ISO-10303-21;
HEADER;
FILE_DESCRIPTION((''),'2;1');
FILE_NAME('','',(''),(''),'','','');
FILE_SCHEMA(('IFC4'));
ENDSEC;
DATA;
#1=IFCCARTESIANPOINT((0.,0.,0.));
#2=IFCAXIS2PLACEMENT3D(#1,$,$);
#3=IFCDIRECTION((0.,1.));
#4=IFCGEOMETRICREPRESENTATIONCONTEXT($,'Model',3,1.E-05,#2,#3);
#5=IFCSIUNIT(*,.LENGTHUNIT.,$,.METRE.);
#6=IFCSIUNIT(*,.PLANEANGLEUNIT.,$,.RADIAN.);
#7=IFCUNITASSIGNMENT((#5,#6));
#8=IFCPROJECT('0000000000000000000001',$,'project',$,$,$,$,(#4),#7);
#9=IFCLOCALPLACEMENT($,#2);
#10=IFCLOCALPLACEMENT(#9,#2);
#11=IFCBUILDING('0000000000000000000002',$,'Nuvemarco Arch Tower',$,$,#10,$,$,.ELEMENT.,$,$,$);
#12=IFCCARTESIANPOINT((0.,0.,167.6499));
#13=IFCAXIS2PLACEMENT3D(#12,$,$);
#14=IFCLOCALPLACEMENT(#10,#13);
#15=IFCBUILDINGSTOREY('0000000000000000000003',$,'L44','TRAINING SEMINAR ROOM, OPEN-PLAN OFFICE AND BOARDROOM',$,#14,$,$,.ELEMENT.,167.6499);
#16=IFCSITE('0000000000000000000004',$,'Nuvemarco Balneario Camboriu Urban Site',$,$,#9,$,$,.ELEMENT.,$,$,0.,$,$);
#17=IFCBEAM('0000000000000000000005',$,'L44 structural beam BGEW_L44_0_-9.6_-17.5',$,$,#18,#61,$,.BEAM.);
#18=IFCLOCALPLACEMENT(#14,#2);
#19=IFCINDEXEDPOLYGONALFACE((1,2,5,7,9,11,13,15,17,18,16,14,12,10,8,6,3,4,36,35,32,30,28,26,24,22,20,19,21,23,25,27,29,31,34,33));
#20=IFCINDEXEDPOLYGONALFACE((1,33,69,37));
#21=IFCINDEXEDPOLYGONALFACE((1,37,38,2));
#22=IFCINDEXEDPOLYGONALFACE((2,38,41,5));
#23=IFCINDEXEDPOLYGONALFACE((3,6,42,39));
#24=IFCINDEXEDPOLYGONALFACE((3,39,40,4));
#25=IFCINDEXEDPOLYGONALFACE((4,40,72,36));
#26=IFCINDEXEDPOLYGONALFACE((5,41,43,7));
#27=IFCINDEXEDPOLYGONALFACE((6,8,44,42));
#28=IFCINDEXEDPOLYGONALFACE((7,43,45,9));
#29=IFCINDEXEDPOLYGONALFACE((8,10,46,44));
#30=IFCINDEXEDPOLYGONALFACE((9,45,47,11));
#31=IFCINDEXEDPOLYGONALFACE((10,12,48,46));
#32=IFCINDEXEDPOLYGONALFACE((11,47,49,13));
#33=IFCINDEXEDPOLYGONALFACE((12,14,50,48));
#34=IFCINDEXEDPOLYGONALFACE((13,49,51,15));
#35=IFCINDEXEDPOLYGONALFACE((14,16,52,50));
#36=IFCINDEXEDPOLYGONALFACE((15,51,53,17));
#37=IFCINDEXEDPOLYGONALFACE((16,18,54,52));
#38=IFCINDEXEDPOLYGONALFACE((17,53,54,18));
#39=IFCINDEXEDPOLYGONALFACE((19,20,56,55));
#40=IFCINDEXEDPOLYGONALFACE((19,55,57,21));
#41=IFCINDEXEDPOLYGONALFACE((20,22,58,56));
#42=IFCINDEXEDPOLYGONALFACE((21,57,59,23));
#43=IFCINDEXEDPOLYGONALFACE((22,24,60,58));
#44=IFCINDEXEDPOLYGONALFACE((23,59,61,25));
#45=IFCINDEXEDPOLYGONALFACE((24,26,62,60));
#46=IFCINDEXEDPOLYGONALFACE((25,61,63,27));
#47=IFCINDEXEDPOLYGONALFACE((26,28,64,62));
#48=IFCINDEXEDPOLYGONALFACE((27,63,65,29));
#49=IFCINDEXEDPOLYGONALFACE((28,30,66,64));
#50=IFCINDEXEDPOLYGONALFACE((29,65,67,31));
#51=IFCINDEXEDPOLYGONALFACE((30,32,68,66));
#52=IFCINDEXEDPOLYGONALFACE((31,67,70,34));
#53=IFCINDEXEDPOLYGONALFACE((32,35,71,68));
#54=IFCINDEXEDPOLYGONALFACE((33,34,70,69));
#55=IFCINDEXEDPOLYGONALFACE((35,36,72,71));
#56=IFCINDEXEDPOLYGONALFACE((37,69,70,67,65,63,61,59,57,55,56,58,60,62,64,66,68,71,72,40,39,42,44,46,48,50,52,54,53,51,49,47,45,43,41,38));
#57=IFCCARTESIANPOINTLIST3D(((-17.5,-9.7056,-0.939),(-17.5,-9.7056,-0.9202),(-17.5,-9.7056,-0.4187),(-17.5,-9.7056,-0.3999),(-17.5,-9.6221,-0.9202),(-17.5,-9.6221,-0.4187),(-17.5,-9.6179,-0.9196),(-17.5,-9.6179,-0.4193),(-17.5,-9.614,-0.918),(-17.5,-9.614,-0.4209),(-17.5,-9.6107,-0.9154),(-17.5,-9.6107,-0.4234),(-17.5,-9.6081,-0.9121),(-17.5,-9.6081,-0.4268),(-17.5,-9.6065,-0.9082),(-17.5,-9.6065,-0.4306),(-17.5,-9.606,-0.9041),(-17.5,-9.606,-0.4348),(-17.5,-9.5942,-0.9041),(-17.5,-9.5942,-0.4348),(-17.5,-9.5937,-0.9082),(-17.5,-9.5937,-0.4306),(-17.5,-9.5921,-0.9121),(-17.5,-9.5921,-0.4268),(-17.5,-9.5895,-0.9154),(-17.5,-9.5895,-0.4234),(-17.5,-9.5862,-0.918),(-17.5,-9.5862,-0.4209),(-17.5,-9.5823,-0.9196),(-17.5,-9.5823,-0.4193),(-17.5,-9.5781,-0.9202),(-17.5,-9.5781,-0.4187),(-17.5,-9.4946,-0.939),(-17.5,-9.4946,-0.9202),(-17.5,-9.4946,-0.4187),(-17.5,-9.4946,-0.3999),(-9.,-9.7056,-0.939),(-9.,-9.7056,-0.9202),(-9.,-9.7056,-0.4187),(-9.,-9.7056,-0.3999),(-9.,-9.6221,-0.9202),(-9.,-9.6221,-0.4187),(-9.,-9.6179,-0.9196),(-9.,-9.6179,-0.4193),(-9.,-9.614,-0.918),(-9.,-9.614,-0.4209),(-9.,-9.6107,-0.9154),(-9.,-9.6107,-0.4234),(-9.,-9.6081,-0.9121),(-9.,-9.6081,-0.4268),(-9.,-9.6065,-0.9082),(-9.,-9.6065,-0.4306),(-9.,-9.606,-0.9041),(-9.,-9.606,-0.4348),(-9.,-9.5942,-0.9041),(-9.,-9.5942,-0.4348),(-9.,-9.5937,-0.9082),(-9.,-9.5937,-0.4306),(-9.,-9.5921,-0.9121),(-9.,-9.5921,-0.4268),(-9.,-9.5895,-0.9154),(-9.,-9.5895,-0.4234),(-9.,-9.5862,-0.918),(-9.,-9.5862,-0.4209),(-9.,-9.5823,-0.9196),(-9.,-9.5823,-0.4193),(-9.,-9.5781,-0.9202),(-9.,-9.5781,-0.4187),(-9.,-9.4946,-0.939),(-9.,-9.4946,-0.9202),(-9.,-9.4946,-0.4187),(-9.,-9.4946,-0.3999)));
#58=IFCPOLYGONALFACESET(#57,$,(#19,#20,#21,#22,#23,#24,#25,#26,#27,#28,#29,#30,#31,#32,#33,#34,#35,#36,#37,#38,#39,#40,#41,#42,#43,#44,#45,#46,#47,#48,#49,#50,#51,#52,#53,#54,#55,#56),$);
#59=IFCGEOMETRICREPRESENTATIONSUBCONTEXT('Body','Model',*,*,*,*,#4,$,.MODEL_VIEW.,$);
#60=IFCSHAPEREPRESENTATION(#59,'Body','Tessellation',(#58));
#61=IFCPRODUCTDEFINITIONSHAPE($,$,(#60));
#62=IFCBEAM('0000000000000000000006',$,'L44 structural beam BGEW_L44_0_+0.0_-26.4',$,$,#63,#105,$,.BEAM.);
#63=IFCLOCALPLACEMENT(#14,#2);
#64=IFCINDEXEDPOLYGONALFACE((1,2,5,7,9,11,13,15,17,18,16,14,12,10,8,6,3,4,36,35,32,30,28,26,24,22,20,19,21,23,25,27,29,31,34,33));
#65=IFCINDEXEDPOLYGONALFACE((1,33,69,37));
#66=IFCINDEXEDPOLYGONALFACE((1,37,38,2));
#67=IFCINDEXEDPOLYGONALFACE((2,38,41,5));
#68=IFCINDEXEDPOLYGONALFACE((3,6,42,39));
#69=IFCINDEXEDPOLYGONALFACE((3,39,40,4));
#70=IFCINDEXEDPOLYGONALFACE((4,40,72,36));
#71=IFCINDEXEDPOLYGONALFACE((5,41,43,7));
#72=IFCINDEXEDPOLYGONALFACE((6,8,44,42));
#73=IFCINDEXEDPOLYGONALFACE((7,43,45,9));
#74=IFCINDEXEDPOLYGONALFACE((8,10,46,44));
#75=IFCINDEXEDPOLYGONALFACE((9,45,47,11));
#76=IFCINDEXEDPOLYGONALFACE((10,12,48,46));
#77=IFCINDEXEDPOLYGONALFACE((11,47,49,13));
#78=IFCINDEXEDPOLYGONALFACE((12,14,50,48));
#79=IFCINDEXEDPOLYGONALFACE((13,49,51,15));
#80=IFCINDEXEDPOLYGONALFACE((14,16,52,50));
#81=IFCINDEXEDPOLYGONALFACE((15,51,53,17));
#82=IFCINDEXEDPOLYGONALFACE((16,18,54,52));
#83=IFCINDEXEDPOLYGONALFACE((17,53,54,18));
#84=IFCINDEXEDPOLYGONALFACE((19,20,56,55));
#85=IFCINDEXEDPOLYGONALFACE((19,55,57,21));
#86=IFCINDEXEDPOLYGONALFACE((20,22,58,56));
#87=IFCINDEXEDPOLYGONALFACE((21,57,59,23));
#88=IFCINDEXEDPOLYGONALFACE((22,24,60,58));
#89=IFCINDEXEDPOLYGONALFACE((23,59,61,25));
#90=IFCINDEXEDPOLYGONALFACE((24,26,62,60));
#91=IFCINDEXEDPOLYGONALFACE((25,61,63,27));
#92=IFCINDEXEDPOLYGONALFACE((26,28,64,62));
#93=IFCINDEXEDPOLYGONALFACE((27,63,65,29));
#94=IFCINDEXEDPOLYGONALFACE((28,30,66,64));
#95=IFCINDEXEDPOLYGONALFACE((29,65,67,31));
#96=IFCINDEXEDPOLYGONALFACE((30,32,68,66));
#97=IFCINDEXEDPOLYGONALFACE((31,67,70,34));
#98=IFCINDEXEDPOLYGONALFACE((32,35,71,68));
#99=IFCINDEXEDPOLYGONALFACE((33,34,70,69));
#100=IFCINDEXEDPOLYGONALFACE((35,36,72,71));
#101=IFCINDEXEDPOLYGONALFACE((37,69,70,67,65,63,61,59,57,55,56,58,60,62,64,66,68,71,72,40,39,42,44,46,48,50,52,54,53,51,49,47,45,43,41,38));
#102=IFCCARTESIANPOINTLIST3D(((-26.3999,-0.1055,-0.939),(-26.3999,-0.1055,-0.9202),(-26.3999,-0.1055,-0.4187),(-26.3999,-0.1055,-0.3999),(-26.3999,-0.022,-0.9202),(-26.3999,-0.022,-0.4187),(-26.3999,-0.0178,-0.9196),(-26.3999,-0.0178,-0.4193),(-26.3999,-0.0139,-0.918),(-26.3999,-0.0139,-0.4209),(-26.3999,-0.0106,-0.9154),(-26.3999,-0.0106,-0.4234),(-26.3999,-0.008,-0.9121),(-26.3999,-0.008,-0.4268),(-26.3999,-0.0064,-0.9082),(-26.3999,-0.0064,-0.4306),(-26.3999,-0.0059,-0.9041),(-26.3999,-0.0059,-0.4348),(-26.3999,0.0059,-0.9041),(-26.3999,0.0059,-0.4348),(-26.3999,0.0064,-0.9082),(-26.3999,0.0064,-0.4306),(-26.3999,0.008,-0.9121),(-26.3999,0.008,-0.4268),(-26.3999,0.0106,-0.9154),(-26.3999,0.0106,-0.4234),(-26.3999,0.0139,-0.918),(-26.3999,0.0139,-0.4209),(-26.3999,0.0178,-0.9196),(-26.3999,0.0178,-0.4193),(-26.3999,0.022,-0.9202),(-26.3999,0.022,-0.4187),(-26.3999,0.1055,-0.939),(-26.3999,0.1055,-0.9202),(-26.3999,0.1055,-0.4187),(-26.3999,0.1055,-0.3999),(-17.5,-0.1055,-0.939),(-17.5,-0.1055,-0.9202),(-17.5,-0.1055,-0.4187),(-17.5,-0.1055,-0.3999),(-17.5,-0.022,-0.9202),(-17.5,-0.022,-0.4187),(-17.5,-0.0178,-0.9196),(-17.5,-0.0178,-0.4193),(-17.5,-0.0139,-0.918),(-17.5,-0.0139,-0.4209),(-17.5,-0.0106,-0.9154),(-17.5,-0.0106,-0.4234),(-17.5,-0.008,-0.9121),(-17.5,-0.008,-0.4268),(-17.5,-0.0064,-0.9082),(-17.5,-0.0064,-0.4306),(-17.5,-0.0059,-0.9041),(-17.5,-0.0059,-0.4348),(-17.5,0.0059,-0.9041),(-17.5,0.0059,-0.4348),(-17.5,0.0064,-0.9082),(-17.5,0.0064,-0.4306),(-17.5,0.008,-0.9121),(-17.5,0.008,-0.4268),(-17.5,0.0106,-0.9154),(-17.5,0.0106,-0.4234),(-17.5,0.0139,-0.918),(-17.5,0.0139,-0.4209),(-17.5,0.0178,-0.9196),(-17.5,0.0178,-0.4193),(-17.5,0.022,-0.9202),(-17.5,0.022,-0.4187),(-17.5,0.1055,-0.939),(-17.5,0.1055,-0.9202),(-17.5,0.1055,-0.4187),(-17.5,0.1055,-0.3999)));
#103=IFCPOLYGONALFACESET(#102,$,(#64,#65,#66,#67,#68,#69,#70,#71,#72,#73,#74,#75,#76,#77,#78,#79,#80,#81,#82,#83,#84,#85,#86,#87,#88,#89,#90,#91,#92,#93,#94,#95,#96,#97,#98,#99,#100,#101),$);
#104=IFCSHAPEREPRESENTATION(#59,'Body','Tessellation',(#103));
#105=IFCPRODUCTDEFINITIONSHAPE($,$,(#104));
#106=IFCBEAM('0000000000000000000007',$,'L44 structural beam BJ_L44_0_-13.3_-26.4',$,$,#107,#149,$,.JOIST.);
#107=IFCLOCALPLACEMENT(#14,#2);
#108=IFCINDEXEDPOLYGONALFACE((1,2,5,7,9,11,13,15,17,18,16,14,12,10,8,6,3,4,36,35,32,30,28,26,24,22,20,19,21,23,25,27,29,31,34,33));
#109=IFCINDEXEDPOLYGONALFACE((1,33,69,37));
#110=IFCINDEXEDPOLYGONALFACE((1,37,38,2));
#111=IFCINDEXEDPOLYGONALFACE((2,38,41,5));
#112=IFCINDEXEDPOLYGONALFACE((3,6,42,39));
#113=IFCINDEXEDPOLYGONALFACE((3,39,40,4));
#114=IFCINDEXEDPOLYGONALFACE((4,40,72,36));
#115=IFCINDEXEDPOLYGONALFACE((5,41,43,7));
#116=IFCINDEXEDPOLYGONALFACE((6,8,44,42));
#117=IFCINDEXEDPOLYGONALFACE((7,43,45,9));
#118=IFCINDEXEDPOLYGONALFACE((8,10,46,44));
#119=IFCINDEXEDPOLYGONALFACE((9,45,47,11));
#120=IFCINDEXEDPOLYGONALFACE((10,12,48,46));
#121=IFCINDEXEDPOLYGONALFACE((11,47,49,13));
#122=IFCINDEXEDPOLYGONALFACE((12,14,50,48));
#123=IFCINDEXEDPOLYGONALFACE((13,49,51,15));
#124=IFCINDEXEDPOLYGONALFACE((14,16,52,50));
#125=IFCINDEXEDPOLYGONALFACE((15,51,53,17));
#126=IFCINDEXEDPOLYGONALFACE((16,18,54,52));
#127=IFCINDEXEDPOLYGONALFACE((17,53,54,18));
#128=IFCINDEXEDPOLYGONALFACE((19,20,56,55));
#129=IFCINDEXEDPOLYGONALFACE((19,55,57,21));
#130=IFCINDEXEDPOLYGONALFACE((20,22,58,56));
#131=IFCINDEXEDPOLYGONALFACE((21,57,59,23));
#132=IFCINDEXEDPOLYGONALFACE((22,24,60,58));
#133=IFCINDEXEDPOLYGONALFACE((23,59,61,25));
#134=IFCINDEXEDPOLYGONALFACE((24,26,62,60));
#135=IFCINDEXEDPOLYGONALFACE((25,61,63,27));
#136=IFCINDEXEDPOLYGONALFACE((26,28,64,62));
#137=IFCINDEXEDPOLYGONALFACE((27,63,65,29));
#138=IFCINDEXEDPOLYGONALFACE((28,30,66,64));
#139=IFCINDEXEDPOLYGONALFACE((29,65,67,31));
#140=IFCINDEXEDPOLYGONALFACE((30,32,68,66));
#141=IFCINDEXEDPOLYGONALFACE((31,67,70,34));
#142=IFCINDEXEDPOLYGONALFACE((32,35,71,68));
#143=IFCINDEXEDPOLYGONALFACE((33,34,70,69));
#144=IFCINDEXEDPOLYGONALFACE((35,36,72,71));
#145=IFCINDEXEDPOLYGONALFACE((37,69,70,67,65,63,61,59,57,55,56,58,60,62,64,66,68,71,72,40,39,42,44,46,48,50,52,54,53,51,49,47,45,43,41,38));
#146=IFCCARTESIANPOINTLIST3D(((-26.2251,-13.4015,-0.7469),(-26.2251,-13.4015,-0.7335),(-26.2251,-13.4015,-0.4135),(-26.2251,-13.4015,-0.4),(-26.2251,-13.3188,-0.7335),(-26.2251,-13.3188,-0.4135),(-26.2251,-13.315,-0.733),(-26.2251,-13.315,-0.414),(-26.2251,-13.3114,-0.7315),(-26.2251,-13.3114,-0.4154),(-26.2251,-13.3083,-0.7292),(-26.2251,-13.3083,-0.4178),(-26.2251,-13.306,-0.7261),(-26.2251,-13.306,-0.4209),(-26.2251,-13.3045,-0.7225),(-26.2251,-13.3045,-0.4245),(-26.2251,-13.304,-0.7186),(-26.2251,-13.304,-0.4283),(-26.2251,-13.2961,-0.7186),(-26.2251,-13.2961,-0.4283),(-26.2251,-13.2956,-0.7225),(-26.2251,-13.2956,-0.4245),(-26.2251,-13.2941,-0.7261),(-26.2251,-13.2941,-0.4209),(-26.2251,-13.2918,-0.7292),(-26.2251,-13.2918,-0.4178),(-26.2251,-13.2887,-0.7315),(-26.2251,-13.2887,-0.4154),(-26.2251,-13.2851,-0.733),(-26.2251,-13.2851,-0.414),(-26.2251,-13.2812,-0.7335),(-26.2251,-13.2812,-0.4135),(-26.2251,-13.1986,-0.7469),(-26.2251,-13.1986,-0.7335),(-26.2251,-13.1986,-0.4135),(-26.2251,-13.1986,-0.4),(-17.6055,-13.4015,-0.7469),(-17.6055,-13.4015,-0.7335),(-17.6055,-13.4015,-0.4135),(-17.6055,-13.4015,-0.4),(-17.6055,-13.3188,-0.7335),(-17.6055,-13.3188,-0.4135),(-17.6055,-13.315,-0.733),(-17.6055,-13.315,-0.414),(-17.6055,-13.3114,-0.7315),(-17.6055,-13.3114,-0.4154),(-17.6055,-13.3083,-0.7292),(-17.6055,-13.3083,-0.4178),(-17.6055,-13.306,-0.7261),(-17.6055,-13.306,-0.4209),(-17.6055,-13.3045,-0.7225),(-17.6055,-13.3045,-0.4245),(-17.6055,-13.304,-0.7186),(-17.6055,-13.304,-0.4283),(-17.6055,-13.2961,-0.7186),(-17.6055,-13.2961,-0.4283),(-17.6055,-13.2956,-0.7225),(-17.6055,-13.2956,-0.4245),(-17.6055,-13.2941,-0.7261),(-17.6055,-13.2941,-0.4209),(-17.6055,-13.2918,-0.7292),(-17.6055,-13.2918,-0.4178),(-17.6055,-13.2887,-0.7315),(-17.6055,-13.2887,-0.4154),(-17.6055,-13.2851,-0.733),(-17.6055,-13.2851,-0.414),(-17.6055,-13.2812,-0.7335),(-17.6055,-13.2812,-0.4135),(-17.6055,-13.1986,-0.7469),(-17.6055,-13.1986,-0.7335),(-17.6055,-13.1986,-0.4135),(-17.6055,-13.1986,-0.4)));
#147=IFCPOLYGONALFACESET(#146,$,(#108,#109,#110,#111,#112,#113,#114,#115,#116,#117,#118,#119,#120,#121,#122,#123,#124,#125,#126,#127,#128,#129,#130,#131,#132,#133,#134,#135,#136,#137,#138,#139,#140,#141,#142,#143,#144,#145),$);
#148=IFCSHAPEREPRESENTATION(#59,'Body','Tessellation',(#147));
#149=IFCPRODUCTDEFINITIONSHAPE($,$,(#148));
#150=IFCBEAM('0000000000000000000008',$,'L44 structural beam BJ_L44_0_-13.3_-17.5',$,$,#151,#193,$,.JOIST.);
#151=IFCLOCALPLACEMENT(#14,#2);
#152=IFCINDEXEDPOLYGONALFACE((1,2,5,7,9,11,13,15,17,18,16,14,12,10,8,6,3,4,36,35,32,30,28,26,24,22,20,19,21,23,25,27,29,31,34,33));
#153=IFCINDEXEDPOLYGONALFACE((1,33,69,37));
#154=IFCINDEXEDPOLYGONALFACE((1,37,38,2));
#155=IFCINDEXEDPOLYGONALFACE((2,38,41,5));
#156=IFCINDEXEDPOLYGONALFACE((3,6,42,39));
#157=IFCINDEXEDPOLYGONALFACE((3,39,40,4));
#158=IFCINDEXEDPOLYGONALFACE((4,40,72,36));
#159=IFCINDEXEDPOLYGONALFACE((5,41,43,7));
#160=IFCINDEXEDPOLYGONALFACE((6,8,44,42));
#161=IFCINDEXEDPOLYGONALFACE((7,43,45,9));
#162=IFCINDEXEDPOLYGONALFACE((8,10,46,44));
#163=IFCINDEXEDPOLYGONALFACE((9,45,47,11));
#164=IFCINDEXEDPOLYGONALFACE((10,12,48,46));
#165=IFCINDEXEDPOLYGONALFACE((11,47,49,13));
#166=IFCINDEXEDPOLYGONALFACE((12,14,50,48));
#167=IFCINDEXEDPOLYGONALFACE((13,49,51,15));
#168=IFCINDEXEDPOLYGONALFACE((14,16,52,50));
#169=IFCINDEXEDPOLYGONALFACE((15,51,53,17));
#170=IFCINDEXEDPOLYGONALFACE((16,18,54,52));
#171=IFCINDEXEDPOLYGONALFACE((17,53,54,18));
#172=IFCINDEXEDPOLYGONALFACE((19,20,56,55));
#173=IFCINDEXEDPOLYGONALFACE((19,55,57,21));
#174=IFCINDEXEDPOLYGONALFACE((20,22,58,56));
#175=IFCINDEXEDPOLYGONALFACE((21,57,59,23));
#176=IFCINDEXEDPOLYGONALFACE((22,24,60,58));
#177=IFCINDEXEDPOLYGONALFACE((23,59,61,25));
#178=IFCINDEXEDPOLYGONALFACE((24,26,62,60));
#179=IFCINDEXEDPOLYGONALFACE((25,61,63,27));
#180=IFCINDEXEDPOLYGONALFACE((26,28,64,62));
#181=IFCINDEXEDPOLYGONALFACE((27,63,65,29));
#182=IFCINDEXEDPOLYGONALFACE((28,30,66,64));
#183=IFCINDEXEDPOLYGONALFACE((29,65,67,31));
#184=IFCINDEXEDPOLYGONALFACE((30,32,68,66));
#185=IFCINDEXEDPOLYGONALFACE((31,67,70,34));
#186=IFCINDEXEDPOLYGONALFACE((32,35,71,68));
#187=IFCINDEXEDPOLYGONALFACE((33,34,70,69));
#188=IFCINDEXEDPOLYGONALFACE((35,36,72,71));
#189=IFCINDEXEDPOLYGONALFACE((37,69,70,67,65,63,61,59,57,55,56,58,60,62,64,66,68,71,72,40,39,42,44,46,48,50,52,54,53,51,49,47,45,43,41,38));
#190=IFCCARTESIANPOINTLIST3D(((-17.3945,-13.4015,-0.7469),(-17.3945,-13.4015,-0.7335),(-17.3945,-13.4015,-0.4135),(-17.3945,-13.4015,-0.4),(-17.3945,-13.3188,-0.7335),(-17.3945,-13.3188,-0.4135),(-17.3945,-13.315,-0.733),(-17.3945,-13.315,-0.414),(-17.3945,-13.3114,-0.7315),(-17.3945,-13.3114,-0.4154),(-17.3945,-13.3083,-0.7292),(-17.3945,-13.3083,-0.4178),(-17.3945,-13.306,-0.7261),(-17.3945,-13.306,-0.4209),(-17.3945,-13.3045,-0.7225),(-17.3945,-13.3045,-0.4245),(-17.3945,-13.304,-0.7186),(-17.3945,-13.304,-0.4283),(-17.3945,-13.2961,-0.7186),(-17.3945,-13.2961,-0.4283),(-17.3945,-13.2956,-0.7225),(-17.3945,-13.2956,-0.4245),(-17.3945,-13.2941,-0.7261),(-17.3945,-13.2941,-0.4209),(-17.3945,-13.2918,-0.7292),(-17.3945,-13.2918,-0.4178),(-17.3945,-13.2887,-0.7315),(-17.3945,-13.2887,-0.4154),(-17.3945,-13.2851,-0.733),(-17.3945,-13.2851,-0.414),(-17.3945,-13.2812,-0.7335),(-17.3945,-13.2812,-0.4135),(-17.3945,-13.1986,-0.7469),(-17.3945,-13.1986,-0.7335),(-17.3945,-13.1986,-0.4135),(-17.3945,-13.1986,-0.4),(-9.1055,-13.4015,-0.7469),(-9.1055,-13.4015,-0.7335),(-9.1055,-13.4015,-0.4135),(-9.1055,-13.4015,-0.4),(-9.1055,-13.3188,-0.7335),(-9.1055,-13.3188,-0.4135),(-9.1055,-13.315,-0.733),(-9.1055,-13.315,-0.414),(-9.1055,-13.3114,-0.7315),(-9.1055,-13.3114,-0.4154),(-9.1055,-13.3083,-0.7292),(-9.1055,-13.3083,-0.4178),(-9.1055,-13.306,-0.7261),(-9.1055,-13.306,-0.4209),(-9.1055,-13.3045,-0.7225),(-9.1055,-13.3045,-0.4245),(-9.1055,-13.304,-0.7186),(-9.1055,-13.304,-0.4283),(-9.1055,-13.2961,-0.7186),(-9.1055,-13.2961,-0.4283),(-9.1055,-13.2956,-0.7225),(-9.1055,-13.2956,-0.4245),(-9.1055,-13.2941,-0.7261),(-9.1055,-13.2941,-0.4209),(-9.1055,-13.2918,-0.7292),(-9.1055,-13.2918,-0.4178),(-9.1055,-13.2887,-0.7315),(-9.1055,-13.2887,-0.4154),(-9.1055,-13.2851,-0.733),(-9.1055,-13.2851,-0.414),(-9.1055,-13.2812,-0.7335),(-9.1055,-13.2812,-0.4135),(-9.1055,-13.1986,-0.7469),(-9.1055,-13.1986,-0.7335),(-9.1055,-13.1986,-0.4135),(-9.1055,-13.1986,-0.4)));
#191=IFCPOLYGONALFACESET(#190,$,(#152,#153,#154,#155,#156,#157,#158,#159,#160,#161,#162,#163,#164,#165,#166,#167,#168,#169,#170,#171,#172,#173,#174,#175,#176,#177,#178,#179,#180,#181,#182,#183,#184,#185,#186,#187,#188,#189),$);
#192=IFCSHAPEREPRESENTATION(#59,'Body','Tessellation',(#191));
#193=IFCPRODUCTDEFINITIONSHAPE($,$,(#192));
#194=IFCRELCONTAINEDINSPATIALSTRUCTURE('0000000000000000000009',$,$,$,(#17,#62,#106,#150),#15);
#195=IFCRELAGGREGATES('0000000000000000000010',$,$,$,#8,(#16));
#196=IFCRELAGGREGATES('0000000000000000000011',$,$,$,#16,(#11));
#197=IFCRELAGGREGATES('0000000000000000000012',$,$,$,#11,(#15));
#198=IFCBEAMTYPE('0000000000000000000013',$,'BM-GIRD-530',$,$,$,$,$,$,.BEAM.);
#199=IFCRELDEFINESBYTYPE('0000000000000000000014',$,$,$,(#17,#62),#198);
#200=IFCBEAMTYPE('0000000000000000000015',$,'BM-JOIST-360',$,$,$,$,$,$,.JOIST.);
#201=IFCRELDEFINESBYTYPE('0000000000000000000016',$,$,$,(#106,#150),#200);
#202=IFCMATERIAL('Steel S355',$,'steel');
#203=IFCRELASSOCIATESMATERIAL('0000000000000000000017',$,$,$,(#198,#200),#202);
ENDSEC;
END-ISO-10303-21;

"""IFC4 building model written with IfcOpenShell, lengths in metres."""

from ifc_helpers import new_model, si_unit, direction, frame, origin, origin_2d, place, context, subcontext, project, spatial, i_section, extrude, material, material_profile, profile_set, type_object, element, save


model = new_model("IFC4")

# Units and contexts
model_context = context("Model", 3, precision=1e-05, world=origin(), true_north=direction((0.0, 1.0)))
body_context = subcontext(model_context, "Body", "Model", "MODEL_VIEW")
ifc_project = project(units=[si_unit("LENGTHUNIT", "METRE"), si_unit("PLANEANGLEUNIT", "RADIAN")], contexts=[model_context])

# Site, building, storey
site_placement = place(None, origin())
site = spatial("IfcSite", under=ifc_project, at=site_placement, Name="Nuvemarco Balneario Camboriu Urban Site", CompositionType="ELEMENT", RefElevation=0.0)
building_placement = place(site_placement, origin())
building = spatial("IfcBuilding", under=site, at=building_placement, Name="Nuvemarco Arch Tower", CompositionType="ELEMENT")
storey_placement = place(building_placement, frame((0.0, 0.0, 167.6499)))
storey = spatial("IfcBuildingStorey", under=building, at=storey_placement, Name="L44", Description="TRAINING SEMINAR ROOM, OPEN-PLAN OFFICE AND BOARDROOM", CompositionType="ELEMENT", Elevation=167.6499)

# Shared definitions
ifc_material_1 = material(Name="Steel S355", Category="steel")

# Beams
ifc_material_profile_1 = material_profile(ifc_material_1, i_section(OverallWidth=0.2109, OverallDepth=0.5391, WebThickness=0.0117, FlangeThickness=0.0188, FilletRadius=0.0161, at=origin_2d()), Name="W530x109")
ifc_profile_set_1 = profile_set([ifc_material_profile_1], Name="Steel S355")
beam_type_1 = type_object("IfcBeamType", Name="BM-GIRD-530", PredefinedType="BEAM", material=ifc_profile_set_1)
beam_1_placement = place(storey_placement, frame((-17.5, -9.6001, -0.6694), z_axis=(1.0, 0.0, 0.0), x_axis=(0.0, 1.0, 0.0)))
element("IfcBeam", 1, at=beam_1_placement, inside=storey, type_object=beam_type_1, Name="L44 structural beam BGEW_L44_0_-9.6_-17.5", PredefinedType="BEAM", context=body_context, shape_type="SweptSolid", body=[
    extrude(i_section(OverallWidth=0.2109, OverallDepth=0.5391, WebThickness=0.0117, FlangeThickness=0.0188, FilletRadius=0.0161, at=origin_2d()), origin(), (0.0, 0.0, 1.0), 8.5),
])
beam_2_placement = place(storey_placement, frame((-26.3999, 0.0, -0.6694), z_axis=(1.0, 0.0, 0.0), x_axis=(0.0, 1.0, 0.0)))
element("IfcBeam", 2, at=beam_2_placement, inside=storey, type_object=beam_type_1, Name="L44 structural beam BGEW_L44_0_+0.0_-26.4", PredefinedType="BEAM", context=body_context, shape_type="SweptSolid", body=[
    extrude(i_section(OverallWidth=0.2109, OverallDepth=0.5391, WebThickness=0.0117, FlangeThickness=0.0188, FilletRadius=0.0161, at=origin_2d()), origin(), (0.0, 0.0, 1.0), 8.8999),
])
ifc_material_profile_2 = material_profile(ifc_material_1, i_section(OverallWidth=0.2029, OverallDepth=0.3469, WebThickness=0.0078, FlangeThickness=0.0134, FilletRadius=0.0149, at=origin_2d()), Name="W360x64")
ifc_profile_set_2 = profile_set([ifc_material_profile_2], Name="Steel S355")
beam_type_2 = type_object("IfcBeamType", Name="BM-JOIST-360", PredefinedType="JOIST", material=ifc_profile_set_2)
beam_3_placement = place(storey_placement, frame((-26.2251, -13.3, -0.5735), z_axis=(1.0, 0.0, 0.0), x_axis=(0.0, 1.0, 0.0)))
element("IfcBeam", 3, at=beam_3_placement, inside=storey, type_object=beam_type_2, Name="L44 structural beam BJ_L44_0_-13.3_-26.4", PredefinedType="JOIST", context=body_context, shape_type="SweptSolid", body=[
    extrude(i_section(OverallWidth=0.2029, OverallDepth=0.3469, WebThickness=0.0078, FlangeThickness=0.0134, FilletRadius=0.0149, at=origin_2d()), origin(), (0.0, 0.0, 1.0), 8.6196),
])
beam_4_placement = place(storey_placement, frame((-17.3945, -13.3, -0.5735), z_axis=(1.0, 0.0, 0.0), x_axis=(0.0, 1.0, 0.0)))
element("IfcBeam", 4, at=beam_4_placement, inside=storey, type_object=beam_type_2, Name="L44 structural beam BJ_L44_0_-13.3_-17.5", PredefinedType="JOIST", context=body_context, shape_type="SweptSolid", body=[
    extrude(i_section(OverallWidth=0.2029, OverallDepth=0.3469, WebThickness=0.0078, FlangeThickness=0.0134, FilletRadius=0.0149, at=origin_2d()), origin(), (0.0, 0.0, 1.0), 8.2891),
])

save(model, "model.ifc")
